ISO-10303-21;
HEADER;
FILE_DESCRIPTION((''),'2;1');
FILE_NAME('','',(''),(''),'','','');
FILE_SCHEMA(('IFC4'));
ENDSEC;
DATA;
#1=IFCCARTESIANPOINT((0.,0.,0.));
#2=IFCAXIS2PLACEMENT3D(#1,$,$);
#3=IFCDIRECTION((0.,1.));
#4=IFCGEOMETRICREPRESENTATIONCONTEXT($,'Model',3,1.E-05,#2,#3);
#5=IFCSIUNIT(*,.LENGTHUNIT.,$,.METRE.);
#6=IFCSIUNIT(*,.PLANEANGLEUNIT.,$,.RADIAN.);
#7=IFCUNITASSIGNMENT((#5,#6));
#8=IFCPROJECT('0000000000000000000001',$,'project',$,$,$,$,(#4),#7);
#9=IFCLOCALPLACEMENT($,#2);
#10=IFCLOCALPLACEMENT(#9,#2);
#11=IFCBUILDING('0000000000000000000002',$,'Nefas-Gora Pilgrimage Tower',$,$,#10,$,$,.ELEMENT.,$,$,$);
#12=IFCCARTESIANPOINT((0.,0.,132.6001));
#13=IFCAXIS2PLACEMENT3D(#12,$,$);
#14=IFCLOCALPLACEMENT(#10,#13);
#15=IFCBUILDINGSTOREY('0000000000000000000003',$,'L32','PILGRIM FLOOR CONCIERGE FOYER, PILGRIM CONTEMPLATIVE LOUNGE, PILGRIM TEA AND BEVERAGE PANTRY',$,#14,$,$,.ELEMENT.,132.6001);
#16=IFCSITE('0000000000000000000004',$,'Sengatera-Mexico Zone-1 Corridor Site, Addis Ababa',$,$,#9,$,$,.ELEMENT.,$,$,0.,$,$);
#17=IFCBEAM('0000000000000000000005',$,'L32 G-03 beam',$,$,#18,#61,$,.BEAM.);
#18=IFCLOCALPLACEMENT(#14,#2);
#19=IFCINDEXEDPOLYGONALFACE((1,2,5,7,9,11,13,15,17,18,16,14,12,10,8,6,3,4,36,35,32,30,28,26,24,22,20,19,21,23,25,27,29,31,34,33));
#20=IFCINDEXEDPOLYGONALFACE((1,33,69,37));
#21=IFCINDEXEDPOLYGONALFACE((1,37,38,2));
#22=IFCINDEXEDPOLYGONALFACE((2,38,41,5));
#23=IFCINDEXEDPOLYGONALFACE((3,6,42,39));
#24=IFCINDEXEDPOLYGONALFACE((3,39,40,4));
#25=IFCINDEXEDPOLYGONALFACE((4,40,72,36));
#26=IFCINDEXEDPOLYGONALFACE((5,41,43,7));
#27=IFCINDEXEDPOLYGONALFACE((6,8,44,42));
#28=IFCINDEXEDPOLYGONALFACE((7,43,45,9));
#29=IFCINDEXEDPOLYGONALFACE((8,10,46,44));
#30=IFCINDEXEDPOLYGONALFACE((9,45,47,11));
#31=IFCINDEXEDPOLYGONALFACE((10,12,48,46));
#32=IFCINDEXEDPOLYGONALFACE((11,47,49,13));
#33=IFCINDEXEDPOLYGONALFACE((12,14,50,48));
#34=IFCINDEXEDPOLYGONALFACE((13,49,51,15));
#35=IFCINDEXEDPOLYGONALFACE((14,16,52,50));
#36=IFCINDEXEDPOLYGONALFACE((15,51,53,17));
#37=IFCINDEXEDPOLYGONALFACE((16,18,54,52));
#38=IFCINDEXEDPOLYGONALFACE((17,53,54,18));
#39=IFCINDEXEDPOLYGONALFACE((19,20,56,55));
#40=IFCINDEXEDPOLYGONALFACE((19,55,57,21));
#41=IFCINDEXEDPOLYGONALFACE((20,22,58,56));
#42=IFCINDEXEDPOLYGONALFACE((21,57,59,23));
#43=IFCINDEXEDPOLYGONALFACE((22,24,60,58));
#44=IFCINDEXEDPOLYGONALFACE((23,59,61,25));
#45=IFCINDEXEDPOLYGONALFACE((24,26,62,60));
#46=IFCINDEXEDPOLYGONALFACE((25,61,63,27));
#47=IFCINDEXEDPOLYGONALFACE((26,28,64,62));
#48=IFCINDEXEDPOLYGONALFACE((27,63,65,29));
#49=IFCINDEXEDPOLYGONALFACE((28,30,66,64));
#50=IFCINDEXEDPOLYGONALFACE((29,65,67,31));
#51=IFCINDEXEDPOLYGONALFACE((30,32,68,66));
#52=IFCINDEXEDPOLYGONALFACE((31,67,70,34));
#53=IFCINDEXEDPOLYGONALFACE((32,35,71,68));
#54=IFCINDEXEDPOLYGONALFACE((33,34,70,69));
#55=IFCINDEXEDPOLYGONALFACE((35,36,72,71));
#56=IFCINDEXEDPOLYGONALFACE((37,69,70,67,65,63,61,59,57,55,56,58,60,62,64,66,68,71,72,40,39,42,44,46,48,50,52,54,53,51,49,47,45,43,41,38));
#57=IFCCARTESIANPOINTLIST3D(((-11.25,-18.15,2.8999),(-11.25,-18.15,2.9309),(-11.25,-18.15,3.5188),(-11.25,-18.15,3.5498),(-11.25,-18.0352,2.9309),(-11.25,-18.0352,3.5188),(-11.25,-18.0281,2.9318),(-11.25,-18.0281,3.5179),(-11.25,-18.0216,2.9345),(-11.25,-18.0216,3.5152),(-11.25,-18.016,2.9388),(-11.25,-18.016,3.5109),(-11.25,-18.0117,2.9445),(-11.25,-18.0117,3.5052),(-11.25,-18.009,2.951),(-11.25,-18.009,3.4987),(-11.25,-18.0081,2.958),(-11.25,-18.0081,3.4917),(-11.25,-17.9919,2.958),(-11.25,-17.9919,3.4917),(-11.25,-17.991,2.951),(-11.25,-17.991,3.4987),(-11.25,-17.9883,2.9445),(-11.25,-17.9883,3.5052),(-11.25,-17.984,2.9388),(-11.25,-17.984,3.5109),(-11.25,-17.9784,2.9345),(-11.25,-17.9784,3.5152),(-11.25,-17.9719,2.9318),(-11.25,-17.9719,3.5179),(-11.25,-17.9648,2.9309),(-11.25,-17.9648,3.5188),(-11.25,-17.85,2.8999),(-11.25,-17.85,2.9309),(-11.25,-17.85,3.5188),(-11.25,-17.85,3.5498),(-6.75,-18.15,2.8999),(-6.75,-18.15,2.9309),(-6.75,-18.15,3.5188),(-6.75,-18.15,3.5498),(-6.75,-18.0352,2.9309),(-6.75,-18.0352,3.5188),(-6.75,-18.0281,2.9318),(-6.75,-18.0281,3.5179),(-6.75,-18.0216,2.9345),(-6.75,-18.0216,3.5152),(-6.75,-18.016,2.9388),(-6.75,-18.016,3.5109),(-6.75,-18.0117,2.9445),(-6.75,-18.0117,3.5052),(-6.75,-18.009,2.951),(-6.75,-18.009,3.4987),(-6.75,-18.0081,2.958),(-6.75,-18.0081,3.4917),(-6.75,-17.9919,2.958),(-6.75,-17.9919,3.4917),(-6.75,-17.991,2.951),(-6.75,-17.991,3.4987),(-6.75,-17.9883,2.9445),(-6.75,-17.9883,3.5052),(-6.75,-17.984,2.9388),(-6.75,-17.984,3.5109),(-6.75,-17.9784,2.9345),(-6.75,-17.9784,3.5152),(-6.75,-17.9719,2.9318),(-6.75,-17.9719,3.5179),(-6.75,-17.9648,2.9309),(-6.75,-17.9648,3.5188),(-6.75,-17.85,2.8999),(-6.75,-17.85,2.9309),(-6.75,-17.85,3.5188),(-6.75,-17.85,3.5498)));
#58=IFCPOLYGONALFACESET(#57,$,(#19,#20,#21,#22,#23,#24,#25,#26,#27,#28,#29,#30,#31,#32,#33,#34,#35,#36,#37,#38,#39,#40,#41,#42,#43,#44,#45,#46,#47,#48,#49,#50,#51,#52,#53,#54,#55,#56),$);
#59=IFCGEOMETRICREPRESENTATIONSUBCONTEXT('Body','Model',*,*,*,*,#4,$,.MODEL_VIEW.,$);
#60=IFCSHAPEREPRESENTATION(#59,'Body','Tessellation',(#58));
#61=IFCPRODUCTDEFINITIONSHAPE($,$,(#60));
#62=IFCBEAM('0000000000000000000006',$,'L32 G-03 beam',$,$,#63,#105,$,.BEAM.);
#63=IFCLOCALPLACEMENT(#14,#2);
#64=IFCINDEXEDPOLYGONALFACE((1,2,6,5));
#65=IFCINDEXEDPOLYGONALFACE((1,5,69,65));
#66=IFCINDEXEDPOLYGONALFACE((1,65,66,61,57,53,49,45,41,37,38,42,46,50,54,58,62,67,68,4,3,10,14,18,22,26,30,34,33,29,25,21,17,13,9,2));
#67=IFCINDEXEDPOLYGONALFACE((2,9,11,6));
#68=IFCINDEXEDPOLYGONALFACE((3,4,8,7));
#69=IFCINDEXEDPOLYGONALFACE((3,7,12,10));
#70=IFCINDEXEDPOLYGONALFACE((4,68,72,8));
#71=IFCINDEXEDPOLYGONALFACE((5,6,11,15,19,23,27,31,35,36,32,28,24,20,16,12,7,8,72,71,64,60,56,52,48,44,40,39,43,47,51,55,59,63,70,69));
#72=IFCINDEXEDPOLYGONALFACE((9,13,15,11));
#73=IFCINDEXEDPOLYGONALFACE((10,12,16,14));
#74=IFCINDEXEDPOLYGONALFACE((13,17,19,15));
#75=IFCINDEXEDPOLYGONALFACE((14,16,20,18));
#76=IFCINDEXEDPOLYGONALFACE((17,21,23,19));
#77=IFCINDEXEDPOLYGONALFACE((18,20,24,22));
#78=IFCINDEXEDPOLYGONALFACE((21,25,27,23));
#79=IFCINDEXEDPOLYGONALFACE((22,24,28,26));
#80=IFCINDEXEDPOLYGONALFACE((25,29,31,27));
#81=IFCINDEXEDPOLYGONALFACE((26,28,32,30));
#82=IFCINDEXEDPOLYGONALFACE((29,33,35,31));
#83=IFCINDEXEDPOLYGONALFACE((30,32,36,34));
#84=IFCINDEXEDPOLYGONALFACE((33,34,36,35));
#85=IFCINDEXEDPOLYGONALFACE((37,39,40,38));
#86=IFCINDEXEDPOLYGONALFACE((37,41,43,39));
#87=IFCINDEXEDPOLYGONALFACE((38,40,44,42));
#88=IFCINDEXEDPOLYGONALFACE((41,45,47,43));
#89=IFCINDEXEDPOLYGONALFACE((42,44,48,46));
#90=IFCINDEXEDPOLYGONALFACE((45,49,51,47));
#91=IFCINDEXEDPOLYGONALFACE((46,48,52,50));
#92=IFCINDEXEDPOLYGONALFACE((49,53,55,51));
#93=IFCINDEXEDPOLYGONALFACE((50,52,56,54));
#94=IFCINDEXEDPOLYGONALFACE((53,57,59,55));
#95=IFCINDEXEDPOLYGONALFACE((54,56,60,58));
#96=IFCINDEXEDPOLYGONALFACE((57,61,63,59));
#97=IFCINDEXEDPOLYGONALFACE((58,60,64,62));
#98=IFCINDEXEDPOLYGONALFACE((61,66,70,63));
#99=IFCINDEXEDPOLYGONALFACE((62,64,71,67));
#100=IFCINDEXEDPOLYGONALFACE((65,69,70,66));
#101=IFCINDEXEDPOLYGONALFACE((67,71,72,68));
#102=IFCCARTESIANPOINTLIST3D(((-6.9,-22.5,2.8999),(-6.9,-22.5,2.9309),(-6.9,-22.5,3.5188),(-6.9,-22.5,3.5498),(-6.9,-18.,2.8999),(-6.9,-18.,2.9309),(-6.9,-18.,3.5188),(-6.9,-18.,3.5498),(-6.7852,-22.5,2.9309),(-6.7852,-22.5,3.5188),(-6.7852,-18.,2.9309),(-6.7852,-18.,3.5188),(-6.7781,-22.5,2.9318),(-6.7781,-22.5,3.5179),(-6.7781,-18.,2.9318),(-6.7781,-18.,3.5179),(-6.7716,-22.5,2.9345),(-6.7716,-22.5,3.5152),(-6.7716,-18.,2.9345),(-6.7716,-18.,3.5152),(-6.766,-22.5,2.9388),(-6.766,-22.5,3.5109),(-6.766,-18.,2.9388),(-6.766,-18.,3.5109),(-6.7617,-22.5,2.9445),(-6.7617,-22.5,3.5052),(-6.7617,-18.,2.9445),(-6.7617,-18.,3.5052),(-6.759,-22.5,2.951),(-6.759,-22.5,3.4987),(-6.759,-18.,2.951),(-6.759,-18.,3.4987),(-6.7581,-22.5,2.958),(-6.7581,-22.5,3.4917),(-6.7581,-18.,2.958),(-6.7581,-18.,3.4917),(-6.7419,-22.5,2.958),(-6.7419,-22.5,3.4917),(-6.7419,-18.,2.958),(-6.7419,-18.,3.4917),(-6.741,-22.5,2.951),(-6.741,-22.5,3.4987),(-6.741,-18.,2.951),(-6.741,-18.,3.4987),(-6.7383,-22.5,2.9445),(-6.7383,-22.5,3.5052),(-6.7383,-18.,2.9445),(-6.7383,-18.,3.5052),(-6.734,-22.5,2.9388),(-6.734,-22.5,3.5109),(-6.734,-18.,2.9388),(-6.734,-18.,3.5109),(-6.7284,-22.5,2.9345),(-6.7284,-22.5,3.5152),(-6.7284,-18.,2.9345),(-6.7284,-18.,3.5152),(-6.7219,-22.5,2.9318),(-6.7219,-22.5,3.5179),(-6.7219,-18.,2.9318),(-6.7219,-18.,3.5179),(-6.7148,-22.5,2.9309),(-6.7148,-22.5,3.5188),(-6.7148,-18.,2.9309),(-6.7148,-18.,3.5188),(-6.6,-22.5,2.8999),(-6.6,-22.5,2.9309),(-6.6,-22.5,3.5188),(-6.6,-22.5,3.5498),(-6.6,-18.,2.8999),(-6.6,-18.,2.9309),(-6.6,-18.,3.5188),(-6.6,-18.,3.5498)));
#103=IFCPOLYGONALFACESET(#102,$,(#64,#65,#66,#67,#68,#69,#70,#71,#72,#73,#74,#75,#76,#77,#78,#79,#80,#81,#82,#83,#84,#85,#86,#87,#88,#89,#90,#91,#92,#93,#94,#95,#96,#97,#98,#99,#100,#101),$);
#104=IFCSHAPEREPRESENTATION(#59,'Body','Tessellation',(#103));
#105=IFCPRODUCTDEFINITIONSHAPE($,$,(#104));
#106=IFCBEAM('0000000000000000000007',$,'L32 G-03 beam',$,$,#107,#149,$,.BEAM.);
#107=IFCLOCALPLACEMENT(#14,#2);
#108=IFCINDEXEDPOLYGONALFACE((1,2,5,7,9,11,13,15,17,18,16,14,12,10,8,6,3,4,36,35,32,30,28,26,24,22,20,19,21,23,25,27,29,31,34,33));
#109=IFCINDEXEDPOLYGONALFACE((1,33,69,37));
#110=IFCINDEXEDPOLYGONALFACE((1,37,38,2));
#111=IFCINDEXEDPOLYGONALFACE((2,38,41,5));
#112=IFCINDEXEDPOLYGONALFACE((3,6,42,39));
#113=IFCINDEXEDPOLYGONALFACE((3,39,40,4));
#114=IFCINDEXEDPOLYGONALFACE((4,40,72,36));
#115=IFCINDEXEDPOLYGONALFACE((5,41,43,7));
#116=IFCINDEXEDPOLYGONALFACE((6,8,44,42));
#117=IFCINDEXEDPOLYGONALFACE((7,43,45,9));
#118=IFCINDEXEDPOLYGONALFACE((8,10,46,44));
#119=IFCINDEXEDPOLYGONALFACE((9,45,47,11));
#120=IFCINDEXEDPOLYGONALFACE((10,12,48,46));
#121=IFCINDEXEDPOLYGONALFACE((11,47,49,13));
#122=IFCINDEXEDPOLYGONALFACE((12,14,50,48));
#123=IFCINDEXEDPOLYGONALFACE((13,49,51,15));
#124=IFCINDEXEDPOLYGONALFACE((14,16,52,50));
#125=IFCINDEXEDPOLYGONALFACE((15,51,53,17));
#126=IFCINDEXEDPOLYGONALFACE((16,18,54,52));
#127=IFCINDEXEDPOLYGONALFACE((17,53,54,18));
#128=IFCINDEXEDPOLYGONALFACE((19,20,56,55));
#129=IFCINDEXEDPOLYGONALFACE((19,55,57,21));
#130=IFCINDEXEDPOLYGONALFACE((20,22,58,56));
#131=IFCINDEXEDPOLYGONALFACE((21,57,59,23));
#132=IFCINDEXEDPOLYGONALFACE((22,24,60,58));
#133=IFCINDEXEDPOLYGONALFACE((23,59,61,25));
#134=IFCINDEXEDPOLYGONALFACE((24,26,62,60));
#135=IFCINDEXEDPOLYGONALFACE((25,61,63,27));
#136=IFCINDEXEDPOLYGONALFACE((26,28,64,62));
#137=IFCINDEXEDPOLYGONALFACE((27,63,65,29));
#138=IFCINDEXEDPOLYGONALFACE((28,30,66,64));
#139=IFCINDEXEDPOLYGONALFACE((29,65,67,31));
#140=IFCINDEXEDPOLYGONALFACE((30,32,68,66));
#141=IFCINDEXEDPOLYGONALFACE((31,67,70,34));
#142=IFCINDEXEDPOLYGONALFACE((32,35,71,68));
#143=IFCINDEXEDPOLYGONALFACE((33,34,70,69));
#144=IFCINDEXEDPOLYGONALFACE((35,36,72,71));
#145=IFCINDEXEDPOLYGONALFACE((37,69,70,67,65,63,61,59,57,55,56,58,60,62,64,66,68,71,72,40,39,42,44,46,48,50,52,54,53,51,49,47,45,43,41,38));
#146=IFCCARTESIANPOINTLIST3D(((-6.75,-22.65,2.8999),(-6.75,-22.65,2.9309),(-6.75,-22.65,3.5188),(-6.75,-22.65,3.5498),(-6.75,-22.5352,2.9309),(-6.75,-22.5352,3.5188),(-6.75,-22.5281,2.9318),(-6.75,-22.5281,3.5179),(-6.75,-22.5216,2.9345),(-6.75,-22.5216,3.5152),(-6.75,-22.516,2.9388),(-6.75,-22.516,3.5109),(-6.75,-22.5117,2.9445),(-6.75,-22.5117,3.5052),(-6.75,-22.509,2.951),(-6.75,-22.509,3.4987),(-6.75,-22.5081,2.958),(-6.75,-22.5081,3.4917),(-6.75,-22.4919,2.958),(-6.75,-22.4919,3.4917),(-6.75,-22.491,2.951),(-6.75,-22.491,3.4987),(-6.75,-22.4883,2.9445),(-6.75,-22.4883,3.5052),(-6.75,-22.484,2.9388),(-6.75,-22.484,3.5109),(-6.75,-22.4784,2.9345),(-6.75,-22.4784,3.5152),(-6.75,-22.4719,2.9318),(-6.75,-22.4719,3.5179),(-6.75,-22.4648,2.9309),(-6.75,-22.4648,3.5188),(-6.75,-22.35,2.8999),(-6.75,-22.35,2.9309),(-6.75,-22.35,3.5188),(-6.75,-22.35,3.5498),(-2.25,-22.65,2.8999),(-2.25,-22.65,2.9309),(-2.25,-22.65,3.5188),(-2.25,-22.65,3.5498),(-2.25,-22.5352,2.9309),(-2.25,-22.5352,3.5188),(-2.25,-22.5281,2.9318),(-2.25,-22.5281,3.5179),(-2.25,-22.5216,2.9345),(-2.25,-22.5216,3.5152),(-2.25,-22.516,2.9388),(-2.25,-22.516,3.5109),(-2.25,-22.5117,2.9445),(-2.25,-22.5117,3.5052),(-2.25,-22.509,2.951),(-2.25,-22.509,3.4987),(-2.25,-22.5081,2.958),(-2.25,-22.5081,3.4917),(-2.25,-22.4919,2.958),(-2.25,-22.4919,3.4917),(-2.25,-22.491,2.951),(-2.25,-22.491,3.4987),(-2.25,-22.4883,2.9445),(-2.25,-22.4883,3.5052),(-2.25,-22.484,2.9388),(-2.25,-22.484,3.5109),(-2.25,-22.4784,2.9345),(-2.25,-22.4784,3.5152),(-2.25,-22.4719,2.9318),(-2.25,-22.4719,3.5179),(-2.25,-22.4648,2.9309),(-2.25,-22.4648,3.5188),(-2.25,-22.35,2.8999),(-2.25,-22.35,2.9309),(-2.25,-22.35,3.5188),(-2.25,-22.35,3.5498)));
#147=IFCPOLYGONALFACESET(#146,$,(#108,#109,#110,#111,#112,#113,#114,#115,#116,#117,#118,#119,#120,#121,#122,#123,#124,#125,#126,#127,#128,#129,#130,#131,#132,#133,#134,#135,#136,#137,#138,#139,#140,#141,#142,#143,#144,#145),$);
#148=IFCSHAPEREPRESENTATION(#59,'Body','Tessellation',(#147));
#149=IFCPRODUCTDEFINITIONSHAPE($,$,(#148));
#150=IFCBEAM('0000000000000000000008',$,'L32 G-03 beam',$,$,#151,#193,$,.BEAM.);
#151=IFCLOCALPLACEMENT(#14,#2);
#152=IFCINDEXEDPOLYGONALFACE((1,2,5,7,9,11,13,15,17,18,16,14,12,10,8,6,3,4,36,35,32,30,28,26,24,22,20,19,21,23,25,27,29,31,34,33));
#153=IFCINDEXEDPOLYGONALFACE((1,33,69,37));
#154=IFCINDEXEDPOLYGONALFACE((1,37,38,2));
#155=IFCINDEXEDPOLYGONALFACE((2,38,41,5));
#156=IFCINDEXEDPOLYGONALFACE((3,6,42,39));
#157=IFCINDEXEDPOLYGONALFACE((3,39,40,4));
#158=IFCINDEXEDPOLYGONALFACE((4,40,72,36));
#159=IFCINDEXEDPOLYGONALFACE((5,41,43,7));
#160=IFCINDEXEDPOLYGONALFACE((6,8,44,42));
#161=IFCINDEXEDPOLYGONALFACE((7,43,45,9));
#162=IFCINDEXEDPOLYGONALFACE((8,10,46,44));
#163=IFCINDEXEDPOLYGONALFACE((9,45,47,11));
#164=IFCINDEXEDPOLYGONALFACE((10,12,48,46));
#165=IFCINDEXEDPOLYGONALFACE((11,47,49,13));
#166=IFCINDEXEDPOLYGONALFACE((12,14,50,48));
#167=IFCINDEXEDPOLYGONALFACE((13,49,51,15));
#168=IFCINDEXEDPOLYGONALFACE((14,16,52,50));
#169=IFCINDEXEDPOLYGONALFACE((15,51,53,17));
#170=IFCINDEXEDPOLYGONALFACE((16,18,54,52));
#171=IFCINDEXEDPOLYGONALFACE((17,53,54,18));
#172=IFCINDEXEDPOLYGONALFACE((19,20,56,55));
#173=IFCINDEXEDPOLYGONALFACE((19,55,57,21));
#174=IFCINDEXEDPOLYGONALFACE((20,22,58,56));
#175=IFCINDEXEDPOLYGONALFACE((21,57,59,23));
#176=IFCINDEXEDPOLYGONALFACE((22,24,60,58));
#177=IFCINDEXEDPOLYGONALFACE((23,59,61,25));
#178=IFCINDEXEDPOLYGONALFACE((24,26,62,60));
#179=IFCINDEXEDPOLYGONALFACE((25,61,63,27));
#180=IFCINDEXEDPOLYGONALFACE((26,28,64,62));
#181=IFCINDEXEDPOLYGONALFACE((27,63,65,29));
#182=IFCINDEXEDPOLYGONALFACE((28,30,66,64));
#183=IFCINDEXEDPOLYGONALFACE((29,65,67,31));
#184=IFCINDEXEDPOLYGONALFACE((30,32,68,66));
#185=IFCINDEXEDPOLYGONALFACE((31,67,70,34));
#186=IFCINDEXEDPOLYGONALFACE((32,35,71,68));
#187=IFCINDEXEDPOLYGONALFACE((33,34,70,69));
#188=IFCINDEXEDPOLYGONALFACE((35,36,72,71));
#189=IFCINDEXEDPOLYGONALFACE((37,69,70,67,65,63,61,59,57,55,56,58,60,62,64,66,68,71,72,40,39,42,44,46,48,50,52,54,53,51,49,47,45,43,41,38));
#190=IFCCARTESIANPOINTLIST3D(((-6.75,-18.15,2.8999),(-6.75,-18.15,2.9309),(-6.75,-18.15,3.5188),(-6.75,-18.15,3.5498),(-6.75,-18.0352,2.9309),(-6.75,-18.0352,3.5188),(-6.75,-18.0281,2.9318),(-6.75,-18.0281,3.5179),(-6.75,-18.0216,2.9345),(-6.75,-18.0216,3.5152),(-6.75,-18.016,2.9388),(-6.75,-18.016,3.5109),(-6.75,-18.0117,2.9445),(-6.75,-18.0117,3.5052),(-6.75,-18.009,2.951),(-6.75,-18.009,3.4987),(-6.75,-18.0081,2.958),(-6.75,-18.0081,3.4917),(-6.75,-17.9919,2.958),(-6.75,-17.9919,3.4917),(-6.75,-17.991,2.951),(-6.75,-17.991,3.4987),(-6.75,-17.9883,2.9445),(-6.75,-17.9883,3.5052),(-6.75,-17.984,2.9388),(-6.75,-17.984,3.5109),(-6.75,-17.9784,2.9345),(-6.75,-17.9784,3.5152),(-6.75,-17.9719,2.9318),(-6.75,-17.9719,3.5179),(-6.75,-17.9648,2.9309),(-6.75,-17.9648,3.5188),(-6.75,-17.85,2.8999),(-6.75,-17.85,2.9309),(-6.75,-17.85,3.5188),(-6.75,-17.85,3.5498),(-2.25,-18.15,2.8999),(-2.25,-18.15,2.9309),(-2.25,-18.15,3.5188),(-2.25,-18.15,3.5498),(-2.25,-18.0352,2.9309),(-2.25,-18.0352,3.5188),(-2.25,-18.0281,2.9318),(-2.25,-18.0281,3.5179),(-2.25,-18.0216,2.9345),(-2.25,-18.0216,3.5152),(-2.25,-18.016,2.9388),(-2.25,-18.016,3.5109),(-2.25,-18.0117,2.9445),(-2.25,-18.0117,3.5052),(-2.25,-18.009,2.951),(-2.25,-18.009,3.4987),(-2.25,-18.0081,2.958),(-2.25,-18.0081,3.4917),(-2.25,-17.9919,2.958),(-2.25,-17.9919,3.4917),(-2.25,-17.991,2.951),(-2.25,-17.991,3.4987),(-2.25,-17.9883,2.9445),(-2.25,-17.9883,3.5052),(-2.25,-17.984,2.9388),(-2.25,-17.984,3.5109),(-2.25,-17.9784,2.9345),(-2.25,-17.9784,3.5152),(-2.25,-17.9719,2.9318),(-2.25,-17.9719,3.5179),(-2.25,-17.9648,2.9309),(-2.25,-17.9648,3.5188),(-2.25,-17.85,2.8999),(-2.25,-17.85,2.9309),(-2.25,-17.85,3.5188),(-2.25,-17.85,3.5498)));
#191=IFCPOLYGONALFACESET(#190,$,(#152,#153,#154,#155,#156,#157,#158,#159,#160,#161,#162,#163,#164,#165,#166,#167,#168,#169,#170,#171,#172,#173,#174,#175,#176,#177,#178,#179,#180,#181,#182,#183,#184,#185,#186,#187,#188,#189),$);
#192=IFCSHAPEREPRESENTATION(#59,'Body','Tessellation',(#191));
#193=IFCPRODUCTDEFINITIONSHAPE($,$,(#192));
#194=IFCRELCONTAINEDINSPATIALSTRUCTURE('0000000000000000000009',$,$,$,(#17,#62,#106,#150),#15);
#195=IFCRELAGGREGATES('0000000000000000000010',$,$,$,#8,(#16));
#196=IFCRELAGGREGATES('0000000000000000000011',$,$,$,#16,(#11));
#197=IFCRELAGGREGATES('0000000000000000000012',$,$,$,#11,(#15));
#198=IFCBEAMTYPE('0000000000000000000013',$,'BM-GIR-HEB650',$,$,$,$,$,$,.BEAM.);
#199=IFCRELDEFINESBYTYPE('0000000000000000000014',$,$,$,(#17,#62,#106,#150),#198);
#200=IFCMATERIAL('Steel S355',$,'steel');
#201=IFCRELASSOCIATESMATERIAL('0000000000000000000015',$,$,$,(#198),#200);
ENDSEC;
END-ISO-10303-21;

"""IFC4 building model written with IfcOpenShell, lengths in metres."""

from ifc_helpers import new_model, si_unit, direction, frame, origin, origin_2d, place, context, subcontext, project, spatial, i_section, extrude, source, transform, mapped, material, material_profile, profile_set, type_object, element, save


model = new_model("IFC4")

# Units and contexts
model_context = context("Model", 3, precision=1e-05, world=origin(), true_north=direction((0.0, 1.0)))
body_context = subcontext(model_context, "Body", "Model", "MODEL_VIEW")
ifc_project = project(units=[si_unit("LENGTHUNIT", "METRE"), si_unit("PLANEANGLEUNIT", "RADIAN")], contexts=[model_context])

# Site, building, storey
site_placement = place(None, origin())
site = spatial("IfcSite", under=ifc_project, at=site_placement, Name="Sengatera-Mexico Zone-1 Corridor Site, Addis Ababa", CompositionType="ELEMENT", RefElevation=0.0)
building_placement = place(site_placement, origin())
building = spatial("IfcBuilding", under=site, at=building_placement, Name="Nefas-Gora Pilgrimage Tower", CompositionType="ELEMENT")
storey_placement = place(building_placement, frame((0.0, 0.0, 132.6001)))
storey = spatial("IfcBuildingStorey", under=building, at=storey_placement, Name="L32", Description="PILGRIM FLOOR CONCIERGE FOYER, PILGRIM CONTEMPLATIVE LOUNGE, PILGRIM TEA AND BEVERAGE PANTRY", CompositionType="ELEMENT", Elevation=132.6001)

# Beams
ifc_material_1 = material(Name="Steel S355", Category="steel")
ifc_material_profile_1 = material_profile(ifc_material_1, i_section(OverallWidth=0.3, OverallDepth=0.6499, WebThickness=0.0161, FlangeThickness=0.031, FilletRadius=0.0271, at=origin_2d()), Name="HEB 650")
ifc_profile_set_1 = profile_set([ifc_material_profile_1], Name="Steel S355")
beam_type = type_object("IfcBeamType", Name="BM-GIR-HEB650", PredefinedType="BEAM", material=ifc_profile_set_1)
shared_shape_1 = source(origin(), body_context, "Body", "SweptSolid", [
    extrude(i_section(OverallWidth=0.3, OverallDepth=0.6499, WebThickness=0.0161, FlangeThickness=0.031, FilletRadius=0.0271, at=origin_2d()), origin(), (0.0, 0.0, 1.0), 4.5),
])
for number, where, z_axis, x_axis, name in (
    (1, (-11.25, -18.0, 3.2249), (1.0, 0.0, 0.0), (0.0, 1.0, 0.0), "L32 G-03 beam"),
    (2, (-6.75, -22.5, 3.2249), (0.0, 1.0, 0.0), (-1.0, 0.0, 0.0), "L32 G-03 beam"),
    (3, (-6.75, -22.5, 3.2249), (1.0, 0.0, 0.0), (0.0, 1.0, 0.0), "L32 G-03 beam"),
    (4, (-6.75, -18.0, 3.2249), (1.0, 0.0, 0.0), (0.0, 1.0, 0.0), "L32 G-03 beam"),
):
    element("IfcBeam", number, at=place(storey_placement, frame(where, z_axis=z_axis, x_axis=x_axis)), inside=storey, type_object=beam_type, Name=name, PredefinedType="BEAM", context=body_context, shape_type="MappedRepresentation", body=[
        mapped(shared_shape_1, transform((0.0, 0.0, 0.0), x_axis=(1.0, 0.0, 0.0), y_axis=(0.0, 1.0, 0.0), z_axis=(0.0, 0.0, 1.0), scale=1.0)),
    ])

save(model, "model.ifc")
